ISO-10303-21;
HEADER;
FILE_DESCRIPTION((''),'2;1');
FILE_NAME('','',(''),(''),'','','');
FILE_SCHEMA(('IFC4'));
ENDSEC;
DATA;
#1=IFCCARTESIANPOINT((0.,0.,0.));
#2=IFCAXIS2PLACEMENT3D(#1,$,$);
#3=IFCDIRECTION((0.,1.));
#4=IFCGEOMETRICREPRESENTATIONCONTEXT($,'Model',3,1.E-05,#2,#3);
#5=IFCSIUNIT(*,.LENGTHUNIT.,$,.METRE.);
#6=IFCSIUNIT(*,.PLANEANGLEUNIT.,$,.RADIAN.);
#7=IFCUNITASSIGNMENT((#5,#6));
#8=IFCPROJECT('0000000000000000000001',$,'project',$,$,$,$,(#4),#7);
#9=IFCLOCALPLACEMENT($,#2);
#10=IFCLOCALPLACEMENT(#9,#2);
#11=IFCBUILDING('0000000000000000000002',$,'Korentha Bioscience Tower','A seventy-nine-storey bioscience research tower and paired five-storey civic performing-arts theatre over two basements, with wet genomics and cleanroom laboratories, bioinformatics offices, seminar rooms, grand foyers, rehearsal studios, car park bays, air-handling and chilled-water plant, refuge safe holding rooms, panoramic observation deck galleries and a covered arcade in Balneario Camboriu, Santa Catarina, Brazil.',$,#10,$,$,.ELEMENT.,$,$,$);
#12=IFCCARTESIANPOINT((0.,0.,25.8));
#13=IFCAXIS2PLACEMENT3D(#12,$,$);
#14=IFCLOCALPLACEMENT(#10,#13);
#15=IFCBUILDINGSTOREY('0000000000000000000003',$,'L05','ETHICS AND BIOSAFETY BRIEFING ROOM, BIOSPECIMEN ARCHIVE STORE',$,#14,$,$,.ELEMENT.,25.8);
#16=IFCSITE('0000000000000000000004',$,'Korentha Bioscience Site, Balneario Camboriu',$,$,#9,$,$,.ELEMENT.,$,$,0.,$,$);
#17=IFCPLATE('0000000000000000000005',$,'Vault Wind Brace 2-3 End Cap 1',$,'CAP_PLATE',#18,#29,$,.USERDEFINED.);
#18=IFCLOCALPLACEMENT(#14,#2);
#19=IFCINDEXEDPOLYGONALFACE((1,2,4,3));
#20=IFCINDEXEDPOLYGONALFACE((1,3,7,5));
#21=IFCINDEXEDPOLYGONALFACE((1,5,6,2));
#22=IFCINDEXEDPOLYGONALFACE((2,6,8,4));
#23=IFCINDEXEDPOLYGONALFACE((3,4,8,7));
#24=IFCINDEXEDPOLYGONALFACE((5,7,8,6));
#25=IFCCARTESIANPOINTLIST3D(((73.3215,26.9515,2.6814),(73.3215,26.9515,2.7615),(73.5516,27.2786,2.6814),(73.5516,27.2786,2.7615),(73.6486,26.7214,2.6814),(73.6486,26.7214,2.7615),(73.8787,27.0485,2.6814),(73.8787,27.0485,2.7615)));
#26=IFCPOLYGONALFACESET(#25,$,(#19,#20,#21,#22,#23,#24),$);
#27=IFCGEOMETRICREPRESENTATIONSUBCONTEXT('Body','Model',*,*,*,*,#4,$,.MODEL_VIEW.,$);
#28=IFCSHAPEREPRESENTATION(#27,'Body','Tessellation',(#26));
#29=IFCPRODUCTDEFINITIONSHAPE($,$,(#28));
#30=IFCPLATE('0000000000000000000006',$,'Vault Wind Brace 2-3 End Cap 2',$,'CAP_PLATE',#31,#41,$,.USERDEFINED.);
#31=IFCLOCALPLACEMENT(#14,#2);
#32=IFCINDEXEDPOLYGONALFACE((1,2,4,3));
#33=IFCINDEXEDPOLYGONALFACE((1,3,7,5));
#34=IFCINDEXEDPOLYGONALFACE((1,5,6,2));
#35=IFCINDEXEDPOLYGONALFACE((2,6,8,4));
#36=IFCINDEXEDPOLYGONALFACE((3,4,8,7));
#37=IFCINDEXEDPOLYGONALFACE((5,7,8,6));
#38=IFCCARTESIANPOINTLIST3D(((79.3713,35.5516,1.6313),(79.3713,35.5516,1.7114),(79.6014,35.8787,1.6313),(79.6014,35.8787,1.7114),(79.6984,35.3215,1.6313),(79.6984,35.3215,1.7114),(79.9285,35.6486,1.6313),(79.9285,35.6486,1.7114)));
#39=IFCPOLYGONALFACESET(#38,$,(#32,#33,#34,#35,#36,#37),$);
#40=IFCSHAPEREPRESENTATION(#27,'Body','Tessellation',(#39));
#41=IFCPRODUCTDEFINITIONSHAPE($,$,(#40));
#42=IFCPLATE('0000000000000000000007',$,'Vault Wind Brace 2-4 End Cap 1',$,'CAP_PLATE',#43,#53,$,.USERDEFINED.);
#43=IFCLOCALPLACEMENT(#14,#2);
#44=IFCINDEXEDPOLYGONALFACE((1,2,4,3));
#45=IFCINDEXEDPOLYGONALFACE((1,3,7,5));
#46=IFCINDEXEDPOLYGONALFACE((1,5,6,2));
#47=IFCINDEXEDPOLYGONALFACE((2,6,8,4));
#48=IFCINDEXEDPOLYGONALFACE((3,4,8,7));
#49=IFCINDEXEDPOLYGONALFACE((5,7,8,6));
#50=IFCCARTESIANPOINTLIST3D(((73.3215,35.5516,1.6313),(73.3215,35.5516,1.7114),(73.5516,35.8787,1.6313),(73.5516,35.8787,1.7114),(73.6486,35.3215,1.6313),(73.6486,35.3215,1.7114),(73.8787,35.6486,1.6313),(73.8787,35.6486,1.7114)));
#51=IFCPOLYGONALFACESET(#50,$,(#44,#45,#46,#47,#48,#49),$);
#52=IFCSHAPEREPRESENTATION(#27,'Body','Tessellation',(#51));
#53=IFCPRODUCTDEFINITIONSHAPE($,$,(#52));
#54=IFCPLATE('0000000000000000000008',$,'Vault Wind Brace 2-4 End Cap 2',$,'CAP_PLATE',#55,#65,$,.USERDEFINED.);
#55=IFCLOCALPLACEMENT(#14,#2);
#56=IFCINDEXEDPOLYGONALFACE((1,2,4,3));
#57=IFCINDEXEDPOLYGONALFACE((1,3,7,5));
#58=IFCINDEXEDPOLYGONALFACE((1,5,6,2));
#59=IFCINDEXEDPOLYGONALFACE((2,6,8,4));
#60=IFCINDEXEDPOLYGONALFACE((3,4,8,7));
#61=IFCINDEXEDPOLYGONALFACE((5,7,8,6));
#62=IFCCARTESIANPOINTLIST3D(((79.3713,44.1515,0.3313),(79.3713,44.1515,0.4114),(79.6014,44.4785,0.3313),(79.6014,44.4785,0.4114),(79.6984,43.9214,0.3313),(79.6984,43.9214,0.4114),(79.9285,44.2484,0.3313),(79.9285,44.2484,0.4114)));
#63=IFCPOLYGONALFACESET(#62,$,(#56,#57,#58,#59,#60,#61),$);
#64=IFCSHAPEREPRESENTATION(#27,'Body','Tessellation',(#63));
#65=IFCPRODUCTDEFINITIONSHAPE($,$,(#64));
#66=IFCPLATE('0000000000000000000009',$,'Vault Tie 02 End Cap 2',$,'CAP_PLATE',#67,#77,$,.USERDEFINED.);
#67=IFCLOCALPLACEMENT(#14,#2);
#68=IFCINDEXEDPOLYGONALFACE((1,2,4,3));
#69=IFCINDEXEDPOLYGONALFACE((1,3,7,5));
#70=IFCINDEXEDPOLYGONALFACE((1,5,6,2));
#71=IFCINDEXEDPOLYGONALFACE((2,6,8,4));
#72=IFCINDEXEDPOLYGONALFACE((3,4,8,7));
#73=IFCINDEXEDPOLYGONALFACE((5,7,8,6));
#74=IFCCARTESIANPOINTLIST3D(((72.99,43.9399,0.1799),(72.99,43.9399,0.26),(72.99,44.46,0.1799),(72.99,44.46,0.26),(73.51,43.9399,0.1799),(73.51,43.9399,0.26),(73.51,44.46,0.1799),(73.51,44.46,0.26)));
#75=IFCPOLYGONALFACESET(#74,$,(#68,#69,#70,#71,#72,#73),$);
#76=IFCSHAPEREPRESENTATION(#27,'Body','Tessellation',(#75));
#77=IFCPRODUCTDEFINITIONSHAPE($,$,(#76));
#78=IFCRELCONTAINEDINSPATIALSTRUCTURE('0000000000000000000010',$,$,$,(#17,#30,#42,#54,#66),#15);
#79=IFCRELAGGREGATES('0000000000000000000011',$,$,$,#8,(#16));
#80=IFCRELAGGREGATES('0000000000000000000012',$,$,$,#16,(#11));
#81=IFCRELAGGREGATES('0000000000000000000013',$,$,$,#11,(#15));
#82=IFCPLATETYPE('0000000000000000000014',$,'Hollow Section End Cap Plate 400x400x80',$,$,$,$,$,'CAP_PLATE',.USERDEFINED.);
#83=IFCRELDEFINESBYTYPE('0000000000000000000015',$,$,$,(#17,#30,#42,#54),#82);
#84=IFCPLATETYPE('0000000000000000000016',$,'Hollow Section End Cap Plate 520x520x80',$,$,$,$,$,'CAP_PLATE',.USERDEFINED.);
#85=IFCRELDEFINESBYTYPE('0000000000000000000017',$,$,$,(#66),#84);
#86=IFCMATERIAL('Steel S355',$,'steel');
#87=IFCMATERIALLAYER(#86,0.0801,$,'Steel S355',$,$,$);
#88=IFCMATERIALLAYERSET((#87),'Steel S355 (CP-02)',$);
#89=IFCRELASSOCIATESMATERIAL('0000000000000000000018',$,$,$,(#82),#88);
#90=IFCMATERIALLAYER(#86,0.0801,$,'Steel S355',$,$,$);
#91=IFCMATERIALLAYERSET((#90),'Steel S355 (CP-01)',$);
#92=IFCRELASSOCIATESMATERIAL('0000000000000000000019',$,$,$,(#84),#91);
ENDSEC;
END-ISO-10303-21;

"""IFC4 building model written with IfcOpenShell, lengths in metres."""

from ifc_helpers import new_model, si_unit, direction, frame, origin, origin_2d, place, context, subcontext, project, spatial, rectangle, extrude, material, layer, layer_set, type_object, element, save


model = new_model("IFC4")

# Units and contexts
model_context = context("Model", 3, precision=1e-05, world=origin(), true_north=direction((0.0, 1.0)))
body_context = subcontext(model_context, "Body", "Model", "MODEL_VIEW")
ifc_project = project(units=[si_unit("LENGTHUNIT", "METRE"), si_unit("PLANEANGLEUNIT", "RADIAN")], contexts=[model_context])

# Site, building, storey
site_placement = place(None, origin())
site = spatial("IfcSite", under=ifc_project, at=site_placement, Name="Korentha Bioscience Site, Balneario Camboriu", CompositionType="ELEMENT", RefElevation=0.0)
building_placement = place(site_placement, origin())
building = spatial("IfcBuilding", under=site, at=building_placement, Name="Korentha Bioscience Tower", Description="A seventy-nine-storey bioscience research tower and paired five-storey civic performing-arts theatre over two basements, with wet genomics and cleanroom laboratories, bioinformatics offices, seminar rooms, grand foyers, rehearsal studios, car park bays, air-handling and chilled-water plant, refuge safe holding rooms, panoramic observation deck galleries and a covered arcade in Balneario Camboriu, Santa Catarina, Brazil.", CompositionType="ELEMENT")
storey_placement = place(building_placement, frame((0.0, 0.0, 25.8)))
storey = spatial("IfcBuildingStorey", under=building, at=storey_placement, Name="L05", Description="ETHICS AND BIOSAFETY BRIEFING ROOM, BIOSPECIMEN ARCHIVE STORE", CompositionType="ELEMENT", Elevation=25.8)

# Shared definitions
ifc_material = material(Name="Steel S355", Category="steel")

# Plates
ifc_layer_1 = layer(ifc_material, 0.0801, Name="Steel S355")
ifc_layer_set_1 = layer_set([ifc_layer_1], Name="Steel S355 (CP-02)")
plate_type_1 = type_object("IfcPlateType", Name="Hollow Section End Cap Plate 400x400x80", ElementType="CAP_PLATE", PredefinedType="USERDEFINED", material=ifc_layer_set_1)
for number, where, z_axis, x_axis, name in (
    (1, (73.6001, 27.0, 2.6814), (0.0, 0.0, 1.0), (0.575434, 0.817849, 0.0), "Vault Wind Brace 2-3 End Cap 1"),
    (2, (79.6499, 35.6001, 1.6313), (0.0, 0.0, 1.0), (0.575434, 0.817849, 0.0), "Vault Wind Brace 2-3 End Cap 2"),
    (3, (73.6001, 35.6001, 1.6313), (0.0, 0.0, 1.0), (0.575434, 0.817849, 0.0), "Vault Wind Brace 2-4 End Cap 1"),
    (4, (79.6499, 44.2, 0.3313), (0.0, 0.0, 1.0), (0.575434, 0.817849, 0.0), "Vault Wind Brace 2-4 End Cap 2"),
):
    element("IfcPlate", number, at=place(storey_placement, frame(where, z_axis=z_axis, x_axis=x_axis)), inside=storey, type_object=plate_type_1, Name=name, ObjectType="CAP_PLATE", PredefinedType="USERDEFINED", context=body_context, shape_type="SweptSolid", body=[
        extrude(rectangle(XDim=0.3999, YDim=0.3999, at=origin_2d()), origin(), (0.0, 0.0, 1.0), 0.0801),
    ])
ifc_layer_2 = layer(ifc_material, 0.0801, Name="Steel S355")
ifc_layer_set_2 = layer_set([ifc_layer_2], Name="Steel S355 (CP-01)")
plate_type_2 = type_object("IfcPlateType", Name="Hollow Section End Cap Plate 520x520x80", ElementType="CAP_PLATE", PredefinedType="USERDEFINED", material=ifc_layer_set_2)
plate_placement = place(storey_placement, frame((73.25, 44.2, 0.1799), z_axis=(0.0, 0.0, 1.0), x_axis=(0.0, 1.0, 0.0)))
element("IfcPlate", 5, at=plate_placement, inside=storey, type_object=plate_type_2, Name="Vault Tie 02 End Cap 2", ObjectType="CAP_PLATE", PredefinedType="USERDEFINED", context=body_context, shape_type="SweptSolid", body=[
    extrude(rectangle(XDim=0.52, YDim=0.52, at=origin_2d()), origin(), (0.0, 0.0, 1.0), 0.0801),
])

save(model, "model.ifc")
